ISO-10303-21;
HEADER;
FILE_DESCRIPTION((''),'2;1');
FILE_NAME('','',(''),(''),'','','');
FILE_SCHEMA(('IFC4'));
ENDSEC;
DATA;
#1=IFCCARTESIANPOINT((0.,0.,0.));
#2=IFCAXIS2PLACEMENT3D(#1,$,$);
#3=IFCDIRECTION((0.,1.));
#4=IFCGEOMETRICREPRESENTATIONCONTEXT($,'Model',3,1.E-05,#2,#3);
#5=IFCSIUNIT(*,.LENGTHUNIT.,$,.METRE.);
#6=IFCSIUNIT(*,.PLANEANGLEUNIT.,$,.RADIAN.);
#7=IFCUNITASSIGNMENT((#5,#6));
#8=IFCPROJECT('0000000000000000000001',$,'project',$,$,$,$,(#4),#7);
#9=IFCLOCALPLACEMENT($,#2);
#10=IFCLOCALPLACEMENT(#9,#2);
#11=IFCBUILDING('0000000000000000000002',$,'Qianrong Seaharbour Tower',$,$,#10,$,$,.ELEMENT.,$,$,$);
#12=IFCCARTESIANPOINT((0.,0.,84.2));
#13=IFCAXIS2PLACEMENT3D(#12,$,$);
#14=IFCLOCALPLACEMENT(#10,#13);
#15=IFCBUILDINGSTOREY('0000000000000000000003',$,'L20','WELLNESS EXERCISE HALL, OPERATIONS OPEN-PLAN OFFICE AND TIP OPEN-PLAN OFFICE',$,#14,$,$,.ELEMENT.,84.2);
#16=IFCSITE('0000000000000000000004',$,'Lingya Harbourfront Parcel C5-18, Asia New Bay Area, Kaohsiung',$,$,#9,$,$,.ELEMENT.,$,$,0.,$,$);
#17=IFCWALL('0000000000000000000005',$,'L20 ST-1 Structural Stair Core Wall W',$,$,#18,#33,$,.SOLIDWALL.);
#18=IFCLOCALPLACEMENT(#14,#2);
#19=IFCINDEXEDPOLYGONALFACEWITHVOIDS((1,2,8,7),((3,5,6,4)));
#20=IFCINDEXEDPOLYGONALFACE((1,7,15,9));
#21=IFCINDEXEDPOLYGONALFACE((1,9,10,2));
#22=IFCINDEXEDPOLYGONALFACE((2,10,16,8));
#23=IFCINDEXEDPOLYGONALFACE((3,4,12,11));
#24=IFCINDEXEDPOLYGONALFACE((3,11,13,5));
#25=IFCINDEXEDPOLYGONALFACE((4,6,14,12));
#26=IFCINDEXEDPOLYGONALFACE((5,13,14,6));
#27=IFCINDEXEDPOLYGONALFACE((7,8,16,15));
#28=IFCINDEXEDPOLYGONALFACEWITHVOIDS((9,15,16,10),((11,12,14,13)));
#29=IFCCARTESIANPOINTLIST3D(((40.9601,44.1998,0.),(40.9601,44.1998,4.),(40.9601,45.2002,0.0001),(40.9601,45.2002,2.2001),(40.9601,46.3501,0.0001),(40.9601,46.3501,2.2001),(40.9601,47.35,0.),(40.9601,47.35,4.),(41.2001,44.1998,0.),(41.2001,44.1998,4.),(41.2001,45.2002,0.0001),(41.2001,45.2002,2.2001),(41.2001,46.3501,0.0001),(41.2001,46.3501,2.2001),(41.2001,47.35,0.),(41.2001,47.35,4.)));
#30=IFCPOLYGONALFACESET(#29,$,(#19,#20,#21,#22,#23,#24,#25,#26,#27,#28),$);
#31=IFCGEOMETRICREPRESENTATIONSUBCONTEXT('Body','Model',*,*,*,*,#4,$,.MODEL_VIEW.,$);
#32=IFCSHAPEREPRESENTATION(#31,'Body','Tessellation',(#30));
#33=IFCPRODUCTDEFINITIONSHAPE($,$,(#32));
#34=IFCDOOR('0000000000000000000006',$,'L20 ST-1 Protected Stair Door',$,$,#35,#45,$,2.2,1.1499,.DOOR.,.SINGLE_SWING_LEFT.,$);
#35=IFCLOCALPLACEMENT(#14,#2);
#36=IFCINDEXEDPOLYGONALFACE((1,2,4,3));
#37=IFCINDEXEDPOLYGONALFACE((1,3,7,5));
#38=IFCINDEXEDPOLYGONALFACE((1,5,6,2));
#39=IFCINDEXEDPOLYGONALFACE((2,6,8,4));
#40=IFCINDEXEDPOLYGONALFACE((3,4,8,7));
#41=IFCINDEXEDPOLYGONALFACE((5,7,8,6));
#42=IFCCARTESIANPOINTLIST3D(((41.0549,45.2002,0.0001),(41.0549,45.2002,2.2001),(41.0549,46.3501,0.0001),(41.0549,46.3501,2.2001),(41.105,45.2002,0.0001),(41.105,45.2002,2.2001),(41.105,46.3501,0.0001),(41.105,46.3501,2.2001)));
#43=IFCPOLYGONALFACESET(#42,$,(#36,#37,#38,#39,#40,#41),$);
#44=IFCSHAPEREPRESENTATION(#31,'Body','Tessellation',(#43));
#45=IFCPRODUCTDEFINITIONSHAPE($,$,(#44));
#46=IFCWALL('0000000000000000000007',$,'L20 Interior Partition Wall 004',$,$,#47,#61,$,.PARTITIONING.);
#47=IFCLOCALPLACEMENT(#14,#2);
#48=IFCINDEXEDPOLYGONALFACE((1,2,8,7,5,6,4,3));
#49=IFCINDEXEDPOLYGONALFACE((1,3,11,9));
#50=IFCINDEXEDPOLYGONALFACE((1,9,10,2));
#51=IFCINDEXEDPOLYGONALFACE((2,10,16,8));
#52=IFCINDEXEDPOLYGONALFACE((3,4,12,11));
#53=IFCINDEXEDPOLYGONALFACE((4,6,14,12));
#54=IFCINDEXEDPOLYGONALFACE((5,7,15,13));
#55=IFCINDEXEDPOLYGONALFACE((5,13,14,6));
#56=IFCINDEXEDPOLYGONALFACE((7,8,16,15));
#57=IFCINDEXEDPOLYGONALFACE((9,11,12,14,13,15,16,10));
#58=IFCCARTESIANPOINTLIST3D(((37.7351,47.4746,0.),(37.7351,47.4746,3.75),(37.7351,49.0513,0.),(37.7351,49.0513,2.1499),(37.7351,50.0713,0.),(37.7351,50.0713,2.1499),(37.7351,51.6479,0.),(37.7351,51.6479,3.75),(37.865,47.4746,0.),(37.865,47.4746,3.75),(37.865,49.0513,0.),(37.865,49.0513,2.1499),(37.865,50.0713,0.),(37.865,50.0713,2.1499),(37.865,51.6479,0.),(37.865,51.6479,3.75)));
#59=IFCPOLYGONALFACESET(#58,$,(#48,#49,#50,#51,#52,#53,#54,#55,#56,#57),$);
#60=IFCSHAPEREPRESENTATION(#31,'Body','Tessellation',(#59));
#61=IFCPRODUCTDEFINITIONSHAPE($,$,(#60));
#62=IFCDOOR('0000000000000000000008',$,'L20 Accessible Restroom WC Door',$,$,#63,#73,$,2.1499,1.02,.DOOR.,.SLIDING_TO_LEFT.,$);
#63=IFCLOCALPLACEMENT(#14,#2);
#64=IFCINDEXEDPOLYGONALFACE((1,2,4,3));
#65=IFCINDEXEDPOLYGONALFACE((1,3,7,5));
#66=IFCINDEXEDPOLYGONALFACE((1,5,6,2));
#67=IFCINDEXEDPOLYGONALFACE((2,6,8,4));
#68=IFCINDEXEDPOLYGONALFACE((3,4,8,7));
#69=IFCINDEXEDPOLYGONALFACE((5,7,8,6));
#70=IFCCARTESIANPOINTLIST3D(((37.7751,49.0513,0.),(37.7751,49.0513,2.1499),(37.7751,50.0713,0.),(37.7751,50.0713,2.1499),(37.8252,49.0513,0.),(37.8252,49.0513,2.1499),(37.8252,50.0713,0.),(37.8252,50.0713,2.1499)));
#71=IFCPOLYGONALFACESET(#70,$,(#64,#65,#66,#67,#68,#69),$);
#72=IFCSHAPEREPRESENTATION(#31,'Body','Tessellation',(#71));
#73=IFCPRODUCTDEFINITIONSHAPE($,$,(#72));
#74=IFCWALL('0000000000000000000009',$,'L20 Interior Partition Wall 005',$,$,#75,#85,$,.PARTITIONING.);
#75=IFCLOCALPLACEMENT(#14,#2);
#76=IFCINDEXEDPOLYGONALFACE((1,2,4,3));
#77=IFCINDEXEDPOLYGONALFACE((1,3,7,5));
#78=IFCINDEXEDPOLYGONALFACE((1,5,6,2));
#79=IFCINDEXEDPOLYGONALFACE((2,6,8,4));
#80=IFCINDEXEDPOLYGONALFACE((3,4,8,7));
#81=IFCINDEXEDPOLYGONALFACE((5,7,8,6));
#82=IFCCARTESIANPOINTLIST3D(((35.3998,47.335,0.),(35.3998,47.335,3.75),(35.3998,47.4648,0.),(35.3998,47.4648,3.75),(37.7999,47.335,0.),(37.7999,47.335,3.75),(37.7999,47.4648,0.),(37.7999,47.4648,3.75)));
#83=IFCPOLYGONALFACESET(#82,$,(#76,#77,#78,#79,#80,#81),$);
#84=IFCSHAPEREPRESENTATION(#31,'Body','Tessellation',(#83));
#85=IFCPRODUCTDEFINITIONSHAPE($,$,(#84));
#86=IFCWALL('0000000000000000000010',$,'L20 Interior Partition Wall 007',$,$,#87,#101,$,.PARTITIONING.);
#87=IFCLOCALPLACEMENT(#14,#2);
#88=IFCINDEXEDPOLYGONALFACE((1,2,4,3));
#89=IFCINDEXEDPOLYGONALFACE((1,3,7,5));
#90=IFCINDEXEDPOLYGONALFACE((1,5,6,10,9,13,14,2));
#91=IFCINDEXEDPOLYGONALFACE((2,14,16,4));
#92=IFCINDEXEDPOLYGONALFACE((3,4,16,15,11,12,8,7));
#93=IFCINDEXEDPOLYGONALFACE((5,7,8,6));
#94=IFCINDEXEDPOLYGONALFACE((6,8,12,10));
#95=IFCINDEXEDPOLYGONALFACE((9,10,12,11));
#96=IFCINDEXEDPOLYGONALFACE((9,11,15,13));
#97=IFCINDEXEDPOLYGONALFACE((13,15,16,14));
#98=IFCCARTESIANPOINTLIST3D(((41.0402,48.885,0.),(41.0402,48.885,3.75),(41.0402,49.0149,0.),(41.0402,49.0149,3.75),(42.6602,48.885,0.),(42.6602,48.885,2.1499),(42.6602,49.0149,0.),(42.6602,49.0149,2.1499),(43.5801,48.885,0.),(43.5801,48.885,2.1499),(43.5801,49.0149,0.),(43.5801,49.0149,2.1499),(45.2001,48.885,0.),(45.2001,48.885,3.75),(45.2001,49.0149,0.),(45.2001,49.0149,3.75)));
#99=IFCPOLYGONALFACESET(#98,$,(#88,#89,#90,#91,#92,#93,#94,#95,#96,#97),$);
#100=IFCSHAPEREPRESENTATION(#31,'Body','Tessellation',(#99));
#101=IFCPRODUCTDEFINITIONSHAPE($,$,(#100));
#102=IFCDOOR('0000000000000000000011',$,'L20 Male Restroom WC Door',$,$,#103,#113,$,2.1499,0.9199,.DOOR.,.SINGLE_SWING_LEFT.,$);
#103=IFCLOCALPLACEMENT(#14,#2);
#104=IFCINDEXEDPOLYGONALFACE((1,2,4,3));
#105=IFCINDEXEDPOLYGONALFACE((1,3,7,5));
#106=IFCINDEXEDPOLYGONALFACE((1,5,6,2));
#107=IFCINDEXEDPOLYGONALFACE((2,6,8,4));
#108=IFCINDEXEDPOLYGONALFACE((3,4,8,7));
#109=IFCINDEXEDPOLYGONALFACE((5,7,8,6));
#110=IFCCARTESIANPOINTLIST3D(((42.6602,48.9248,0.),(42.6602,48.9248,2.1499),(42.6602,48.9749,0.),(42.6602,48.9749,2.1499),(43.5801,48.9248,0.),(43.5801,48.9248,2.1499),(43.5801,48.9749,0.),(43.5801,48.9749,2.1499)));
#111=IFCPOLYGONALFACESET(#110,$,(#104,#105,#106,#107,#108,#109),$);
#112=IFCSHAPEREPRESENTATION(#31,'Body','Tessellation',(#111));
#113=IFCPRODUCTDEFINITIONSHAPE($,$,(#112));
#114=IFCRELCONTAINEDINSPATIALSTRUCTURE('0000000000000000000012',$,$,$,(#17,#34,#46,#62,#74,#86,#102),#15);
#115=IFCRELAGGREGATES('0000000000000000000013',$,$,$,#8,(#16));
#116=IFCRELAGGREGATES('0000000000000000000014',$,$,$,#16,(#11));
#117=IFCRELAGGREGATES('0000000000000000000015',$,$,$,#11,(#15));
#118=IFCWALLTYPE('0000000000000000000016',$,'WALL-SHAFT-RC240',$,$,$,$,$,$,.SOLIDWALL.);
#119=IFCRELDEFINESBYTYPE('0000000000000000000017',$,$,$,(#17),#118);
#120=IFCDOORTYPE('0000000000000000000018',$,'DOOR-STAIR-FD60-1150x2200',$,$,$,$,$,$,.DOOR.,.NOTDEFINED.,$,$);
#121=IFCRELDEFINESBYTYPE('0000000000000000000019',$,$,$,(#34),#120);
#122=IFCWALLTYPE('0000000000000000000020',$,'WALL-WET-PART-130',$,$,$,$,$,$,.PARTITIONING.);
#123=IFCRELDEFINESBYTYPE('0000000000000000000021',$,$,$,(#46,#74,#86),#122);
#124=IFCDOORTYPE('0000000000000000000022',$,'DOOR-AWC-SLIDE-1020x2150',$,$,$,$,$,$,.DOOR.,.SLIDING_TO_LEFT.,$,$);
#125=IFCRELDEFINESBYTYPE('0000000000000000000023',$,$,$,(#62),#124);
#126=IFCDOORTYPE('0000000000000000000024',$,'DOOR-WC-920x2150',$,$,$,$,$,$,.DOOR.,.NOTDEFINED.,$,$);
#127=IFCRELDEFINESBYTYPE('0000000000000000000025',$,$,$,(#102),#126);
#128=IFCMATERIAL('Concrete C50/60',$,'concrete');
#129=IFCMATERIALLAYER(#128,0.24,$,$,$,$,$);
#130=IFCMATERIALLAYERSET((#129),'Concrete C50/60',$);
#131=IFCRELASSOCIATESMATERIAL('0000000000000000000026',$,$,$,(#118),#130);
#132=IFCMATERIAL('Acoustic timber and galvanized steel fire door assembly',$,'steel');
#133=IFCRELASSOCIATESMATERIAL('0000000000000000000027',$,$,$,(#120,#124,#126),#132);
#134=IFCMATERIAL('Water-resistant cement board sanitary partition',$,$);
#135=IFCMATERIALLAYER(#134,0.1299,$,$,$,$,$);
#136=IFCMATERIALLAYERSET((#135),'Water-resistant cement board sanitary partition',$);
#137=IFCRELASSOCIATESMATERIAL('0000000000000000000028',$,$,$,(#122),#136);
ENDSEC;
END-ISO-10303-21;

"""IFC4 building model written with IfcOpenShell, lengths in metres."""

from ifc_helpers import new_model, si_unit, direction, frame, frame_2d, origin, place, context, subcontext, project, spatial, rectangle, extrude, material, layer, layer_set, type_object, element, fill, save


model = new_model("IFC4")

# Units and contexts
model_context = context("Model", 3, precision=1e-05, world=origin(), true_north=direction((0.0, 1.0)))
body_context = subcontext(model_context, "Body", "Model", "MODEL_VIEW")
ifc_project = project(units=[si_unit("LENGTHUNIT", "METRE"), si_unit("PLANEANGLEUNIT", "RADIAN")], contexts=[model_context])

# Site, building, storey
site_placement = place(None, origin())
site = spatial("IfcSite", under=ifc_project, at=site_placement, Name="Lingya Harbourfront Parcel C5-18, Asia New Bay Area, Kaohsiung", CompositionType="ELEMENT", RefElevation=0.0)
building_placement = place(site_placement, origin())
building = spatial("IfcBuilding", under=site, at=building_placement, Name="Qianrong Seaharbour Tower", CompositionType="ELEMENT")
storey_placement = place(building_placement, frame((0.0, 0.0, 84.2)))
storey = spatial("IfcBuildingStorey", under=building, at=storey_placement, Name="L20", Description="WELLNESS EXERCISE HALL, OPERATIONS OPEN-PLAN OFFICE AND TIP OPEN-PLAN OFFICE", CompositionType="ELEMENT", Elevation=84.2)

# Shared definitions
ifc_material_1 = material(Name="Acoustic timber and galvanized steel fire door assembly", Category="steel")

# Shared definitions
ifc_material_2 = material(Name="Concrete C50/60", Category="concrete")
ifc_layer_1 = layer(ifc_material_2, 0.24)
ifc_layer_set_1 = layer_set([ifc_layer_1], Name="Concrete C50/60")
wall_type_1 = type_object("IfcWallType", Name="WALL-SHAFT-RC240", PredefinedType="SOLIDWALL", material=ifc_layer_set_1)

# Walls, openings, doors
wall_1_placement = place(storey_placement, frame((41.0801, 47.3501, 0.0), z_axis=(0.0, 0.0, 1.0), x_axis=(0.0, -1.0, 0.0)))
wall_1 = element("IfcWall", 1, at=wall_1_placement, inside=storey, type_object=wall_type_1, Name="L20 ST-1 Structural Stair Core Wall W", PredefinedType="SOLIDWALL", context=body_context, shape_type="SweptSolid", body=[
    extrude(rectangle(XDim=3.1501, YDim=0.24, at=frame_2d((1.5752, 0.0))), origin(), (0.0, 0.0, 1.0), 4.0),
])
opening_1_placement = place(wall_1_placement, frame((1.0, 0.0, 0.0)))
opening_1 = element("IfcOpeningElement", 2, at=opening_1_placement, cuts=wall_1, PredefinedType="OPENING", context=body_context, shape_type="SweptSolid", body=[
    extrude(rectangle(XDim=1.1499, YDim=2.2, at=frame_2d((0.575, 1.1001))), frame((0.0, 0.1299, 0.0), z_axis=(0.0, -1.0, 0.0), x_axis=(1.0, 0.0, 0.0)), (0.0, 0.0, 1.0), 0.26),
])
door_type_1 = type_object("IfcDoorType", Name="DOOR-STAIR-FD60-1150x2200", OperationType="NOTDEFINED", PredefinedType="DOOR", material=ifc_material_1)
door_1_placement = place(opening_1_placement, origin())
door_1 = element("IfcDoor", 3, at=door_1_placement, inside=storey, type_object=door_type_1, Name="L20 ST-1 Protected Stair Door", OperationType="SINGLE_SWING_LEFT", OverallHeight=2.2, OverallWidth=1.1499, PredefinedType="DOOR", context=body_context, shape_type="SweptSolid", body=[
    extrude(rectangle(XDim=1.1499, YDim=2.2, at=frame_2d((0.575, 1.1001))), frame((0.0, 0.0249, 0.0), z_axis=(0.0, -1.0, 0.0), x_axis=(1.0, 0.0, 0.0)), (0.0, 0.0, 1.0), 0.05),
])
fill(opening_1, door_1)
ifc_material_3 = material(Name="Water-resistant cement board sanitary partition")
ifc_layer_2 = layer(ifc_material_3, 0.1299)
ifc_layer_set_2 = layer_set([ifc_layer_2], Name="Water-resistant cement board sanitary partition")
wall_type_2 = type_object("IfcWallType", Name="WALL-WET-PART-130", PredefinedType="PARTITIONING", material=ifc_layer_set_2)
wall_2_placement = place(storey_placement, frame((37.8, 47.4746, 0.0), z_axis=(0.0, 0.0, 1.0), x_axis=(0.0, 1.0, 0.0)))
wall_2 = element("IfcWall", 4, at=wall_2_placement, inside=storey, type_object=wall_type_2, Name="L20 Interior Partition Wall 004", PredefinedType="PARTITIONING", context=body_context, shape_type="SweptSolid", body=[
    extrude(rectangle(XDim=4.1733, YDim=0.1299, at=frame_2d((2.0867, 0.0))), origin(), (0.0, 0.0, 1.0), 3.75),
])
opening_2_placement = place(wall_2_placement, frame((1.5767, 0.0, 0.0)))
opening_2 = element("IfcOpeningElement", 5, at=opening_2_placement, cuts=wall_2, PredefinedType="OPENING", context=body_context, shape_type="SweptSolid", body=[
    extrude(rectangle(XDim=1.02, YDim=2.1499, at=frame_2d((0.51, 1.075))), frame((0.0, 0.075, 0.0), z_axis=(0.0, -1.0, 0.0), x_axis=(1.0, 0.0, 0.0)), (0.0, 0.0, 1.0), 0.1499),
])
door_type_2 = type_object("IfcDoorType", Name="DOOR-AWC-SLIDE-1020x2150", OperationType="SLIDING_TO_LEFT", PredefinedType="DOOR", material=ifc_material_1)
door_2_placement = place(opening_2_placement, origin())
door_2 = element("IfcDoor", 6, at=door_2_placement, inside=storey, type_object=door_type_2, Name="L20 Accessible Restroom WC Door", OperationType="SLIDING_TO_LEFT", OverallHeight=2.1499, OverallWidth=1.02, PredefinedType="DOOR", context=body_context, shape_type="SweptSolid", body=[
    extrude(rectangle(XDim=1.02, YDim=2.1499, at=frame_2d((0.51, 1.075))), frame((0.0, 0.0249, 0.0), z_axis=(0.0, -1.0, 0.0), x_axis=(1.0, 0.0, 0.0)), (0.0, 0.0, 1.0), 0.05),
])
fill(opening_2, door_2)

# Wall
wall_3_placement = place(storey_placement, frame((37.8, 47.3999, 0.0), z_axis=(0.0, 0.0, 1.0), x_axis=(-1.0, 0.0, 0.0)))
element("IfcWall", 7, at=wall_3_placement, inside=storey, type_object=wall_type_2, Name="L20 Interior Partition Wall 005", PredefinedType="PARTITIONING", context=body_context, shape_type="SweptSolid", body=[
    extrude(rectangle(XDim=2.4001, YDim=0.1299, at=frame_2d((1.2002, 0.0))), origin(), (0.0, 0.0, 1.0), 3.75),
])

# Wall, opening, door
wall_4_placement = place(storey_placement, frame((41.04, 48.95, 0.0), z_axis=(0.0, 0.0, 1.0), x_axis=(1.0, 0.0, 0.0)))
wall_4 = element("IfcWall", 8, at=wall_4_placement, inside=storey, type_object=wall_type_2, Name="L20 Interior Partition Wall 007", PredefinedType="PARTITIONING", context=body_context, shape_type="SweptSolid", body=[
    extrude(rectangle(XDim=4.1599, YDim=0.1299, at=frame_2d((2.0801, 0.0))), origin(), (0.0, 0.0, 1.0), 3.75),
])
opening_3_placement = place(wall_4_placement, frame((1.6201, 0.0, 0.0)))
opening_3 = element("IfcOpeningElement", 9, at=opening_3_placement, cuts=wall_4, PredefinedType="OPENING", context=body_context, shape_type="SweptSolid", body=[
    extrude(rectangle(XDim=0.9199, YDim=2.1499, at=frame_2d((0.46, 1.075))), frame((0.0, 0.075, 0.0), z_axis=(0.0, -1.0, 0.0), x_axis=(1.0, 0.0, 0.0)), (0.0, 0.0, 1.0), 0.1499),
])
door_type_3 = type_object("IfcDoorType", Name="DOOR-WC-920x2150", OperationType="NOTDEFINED", PredefinedType="DOOR", material=ifc_material_1)
door_3_placement = place(opening_3_placement, origin())
door_3 = element("IfcDoor", 10, at=door_3_placement, inside=storey, type_object=door_type_3, Name="L20 Male Restroom WC Door", OperationType="SINGLE_SWING_LEFT", OverallHeight=2.1499, OverallWidth=0.9199, PredefinedType="DOOR", context=body_context, shape_type="SweptSolid", body=[
    extrude(rectangle(XDim=0.9199, YDim=2.1499, at=frame_2d((0.46, 1.075))), frame((0.0, 0.0249, 0.0), z_axis=(0.0, -1.0, 0.0), x_axis=(1.0, 0.0, 0.0)), (0.0, 0.0, 1.0), 0.05),
])
fill(opening_3, door_3)

save(model, "model.ifc")
